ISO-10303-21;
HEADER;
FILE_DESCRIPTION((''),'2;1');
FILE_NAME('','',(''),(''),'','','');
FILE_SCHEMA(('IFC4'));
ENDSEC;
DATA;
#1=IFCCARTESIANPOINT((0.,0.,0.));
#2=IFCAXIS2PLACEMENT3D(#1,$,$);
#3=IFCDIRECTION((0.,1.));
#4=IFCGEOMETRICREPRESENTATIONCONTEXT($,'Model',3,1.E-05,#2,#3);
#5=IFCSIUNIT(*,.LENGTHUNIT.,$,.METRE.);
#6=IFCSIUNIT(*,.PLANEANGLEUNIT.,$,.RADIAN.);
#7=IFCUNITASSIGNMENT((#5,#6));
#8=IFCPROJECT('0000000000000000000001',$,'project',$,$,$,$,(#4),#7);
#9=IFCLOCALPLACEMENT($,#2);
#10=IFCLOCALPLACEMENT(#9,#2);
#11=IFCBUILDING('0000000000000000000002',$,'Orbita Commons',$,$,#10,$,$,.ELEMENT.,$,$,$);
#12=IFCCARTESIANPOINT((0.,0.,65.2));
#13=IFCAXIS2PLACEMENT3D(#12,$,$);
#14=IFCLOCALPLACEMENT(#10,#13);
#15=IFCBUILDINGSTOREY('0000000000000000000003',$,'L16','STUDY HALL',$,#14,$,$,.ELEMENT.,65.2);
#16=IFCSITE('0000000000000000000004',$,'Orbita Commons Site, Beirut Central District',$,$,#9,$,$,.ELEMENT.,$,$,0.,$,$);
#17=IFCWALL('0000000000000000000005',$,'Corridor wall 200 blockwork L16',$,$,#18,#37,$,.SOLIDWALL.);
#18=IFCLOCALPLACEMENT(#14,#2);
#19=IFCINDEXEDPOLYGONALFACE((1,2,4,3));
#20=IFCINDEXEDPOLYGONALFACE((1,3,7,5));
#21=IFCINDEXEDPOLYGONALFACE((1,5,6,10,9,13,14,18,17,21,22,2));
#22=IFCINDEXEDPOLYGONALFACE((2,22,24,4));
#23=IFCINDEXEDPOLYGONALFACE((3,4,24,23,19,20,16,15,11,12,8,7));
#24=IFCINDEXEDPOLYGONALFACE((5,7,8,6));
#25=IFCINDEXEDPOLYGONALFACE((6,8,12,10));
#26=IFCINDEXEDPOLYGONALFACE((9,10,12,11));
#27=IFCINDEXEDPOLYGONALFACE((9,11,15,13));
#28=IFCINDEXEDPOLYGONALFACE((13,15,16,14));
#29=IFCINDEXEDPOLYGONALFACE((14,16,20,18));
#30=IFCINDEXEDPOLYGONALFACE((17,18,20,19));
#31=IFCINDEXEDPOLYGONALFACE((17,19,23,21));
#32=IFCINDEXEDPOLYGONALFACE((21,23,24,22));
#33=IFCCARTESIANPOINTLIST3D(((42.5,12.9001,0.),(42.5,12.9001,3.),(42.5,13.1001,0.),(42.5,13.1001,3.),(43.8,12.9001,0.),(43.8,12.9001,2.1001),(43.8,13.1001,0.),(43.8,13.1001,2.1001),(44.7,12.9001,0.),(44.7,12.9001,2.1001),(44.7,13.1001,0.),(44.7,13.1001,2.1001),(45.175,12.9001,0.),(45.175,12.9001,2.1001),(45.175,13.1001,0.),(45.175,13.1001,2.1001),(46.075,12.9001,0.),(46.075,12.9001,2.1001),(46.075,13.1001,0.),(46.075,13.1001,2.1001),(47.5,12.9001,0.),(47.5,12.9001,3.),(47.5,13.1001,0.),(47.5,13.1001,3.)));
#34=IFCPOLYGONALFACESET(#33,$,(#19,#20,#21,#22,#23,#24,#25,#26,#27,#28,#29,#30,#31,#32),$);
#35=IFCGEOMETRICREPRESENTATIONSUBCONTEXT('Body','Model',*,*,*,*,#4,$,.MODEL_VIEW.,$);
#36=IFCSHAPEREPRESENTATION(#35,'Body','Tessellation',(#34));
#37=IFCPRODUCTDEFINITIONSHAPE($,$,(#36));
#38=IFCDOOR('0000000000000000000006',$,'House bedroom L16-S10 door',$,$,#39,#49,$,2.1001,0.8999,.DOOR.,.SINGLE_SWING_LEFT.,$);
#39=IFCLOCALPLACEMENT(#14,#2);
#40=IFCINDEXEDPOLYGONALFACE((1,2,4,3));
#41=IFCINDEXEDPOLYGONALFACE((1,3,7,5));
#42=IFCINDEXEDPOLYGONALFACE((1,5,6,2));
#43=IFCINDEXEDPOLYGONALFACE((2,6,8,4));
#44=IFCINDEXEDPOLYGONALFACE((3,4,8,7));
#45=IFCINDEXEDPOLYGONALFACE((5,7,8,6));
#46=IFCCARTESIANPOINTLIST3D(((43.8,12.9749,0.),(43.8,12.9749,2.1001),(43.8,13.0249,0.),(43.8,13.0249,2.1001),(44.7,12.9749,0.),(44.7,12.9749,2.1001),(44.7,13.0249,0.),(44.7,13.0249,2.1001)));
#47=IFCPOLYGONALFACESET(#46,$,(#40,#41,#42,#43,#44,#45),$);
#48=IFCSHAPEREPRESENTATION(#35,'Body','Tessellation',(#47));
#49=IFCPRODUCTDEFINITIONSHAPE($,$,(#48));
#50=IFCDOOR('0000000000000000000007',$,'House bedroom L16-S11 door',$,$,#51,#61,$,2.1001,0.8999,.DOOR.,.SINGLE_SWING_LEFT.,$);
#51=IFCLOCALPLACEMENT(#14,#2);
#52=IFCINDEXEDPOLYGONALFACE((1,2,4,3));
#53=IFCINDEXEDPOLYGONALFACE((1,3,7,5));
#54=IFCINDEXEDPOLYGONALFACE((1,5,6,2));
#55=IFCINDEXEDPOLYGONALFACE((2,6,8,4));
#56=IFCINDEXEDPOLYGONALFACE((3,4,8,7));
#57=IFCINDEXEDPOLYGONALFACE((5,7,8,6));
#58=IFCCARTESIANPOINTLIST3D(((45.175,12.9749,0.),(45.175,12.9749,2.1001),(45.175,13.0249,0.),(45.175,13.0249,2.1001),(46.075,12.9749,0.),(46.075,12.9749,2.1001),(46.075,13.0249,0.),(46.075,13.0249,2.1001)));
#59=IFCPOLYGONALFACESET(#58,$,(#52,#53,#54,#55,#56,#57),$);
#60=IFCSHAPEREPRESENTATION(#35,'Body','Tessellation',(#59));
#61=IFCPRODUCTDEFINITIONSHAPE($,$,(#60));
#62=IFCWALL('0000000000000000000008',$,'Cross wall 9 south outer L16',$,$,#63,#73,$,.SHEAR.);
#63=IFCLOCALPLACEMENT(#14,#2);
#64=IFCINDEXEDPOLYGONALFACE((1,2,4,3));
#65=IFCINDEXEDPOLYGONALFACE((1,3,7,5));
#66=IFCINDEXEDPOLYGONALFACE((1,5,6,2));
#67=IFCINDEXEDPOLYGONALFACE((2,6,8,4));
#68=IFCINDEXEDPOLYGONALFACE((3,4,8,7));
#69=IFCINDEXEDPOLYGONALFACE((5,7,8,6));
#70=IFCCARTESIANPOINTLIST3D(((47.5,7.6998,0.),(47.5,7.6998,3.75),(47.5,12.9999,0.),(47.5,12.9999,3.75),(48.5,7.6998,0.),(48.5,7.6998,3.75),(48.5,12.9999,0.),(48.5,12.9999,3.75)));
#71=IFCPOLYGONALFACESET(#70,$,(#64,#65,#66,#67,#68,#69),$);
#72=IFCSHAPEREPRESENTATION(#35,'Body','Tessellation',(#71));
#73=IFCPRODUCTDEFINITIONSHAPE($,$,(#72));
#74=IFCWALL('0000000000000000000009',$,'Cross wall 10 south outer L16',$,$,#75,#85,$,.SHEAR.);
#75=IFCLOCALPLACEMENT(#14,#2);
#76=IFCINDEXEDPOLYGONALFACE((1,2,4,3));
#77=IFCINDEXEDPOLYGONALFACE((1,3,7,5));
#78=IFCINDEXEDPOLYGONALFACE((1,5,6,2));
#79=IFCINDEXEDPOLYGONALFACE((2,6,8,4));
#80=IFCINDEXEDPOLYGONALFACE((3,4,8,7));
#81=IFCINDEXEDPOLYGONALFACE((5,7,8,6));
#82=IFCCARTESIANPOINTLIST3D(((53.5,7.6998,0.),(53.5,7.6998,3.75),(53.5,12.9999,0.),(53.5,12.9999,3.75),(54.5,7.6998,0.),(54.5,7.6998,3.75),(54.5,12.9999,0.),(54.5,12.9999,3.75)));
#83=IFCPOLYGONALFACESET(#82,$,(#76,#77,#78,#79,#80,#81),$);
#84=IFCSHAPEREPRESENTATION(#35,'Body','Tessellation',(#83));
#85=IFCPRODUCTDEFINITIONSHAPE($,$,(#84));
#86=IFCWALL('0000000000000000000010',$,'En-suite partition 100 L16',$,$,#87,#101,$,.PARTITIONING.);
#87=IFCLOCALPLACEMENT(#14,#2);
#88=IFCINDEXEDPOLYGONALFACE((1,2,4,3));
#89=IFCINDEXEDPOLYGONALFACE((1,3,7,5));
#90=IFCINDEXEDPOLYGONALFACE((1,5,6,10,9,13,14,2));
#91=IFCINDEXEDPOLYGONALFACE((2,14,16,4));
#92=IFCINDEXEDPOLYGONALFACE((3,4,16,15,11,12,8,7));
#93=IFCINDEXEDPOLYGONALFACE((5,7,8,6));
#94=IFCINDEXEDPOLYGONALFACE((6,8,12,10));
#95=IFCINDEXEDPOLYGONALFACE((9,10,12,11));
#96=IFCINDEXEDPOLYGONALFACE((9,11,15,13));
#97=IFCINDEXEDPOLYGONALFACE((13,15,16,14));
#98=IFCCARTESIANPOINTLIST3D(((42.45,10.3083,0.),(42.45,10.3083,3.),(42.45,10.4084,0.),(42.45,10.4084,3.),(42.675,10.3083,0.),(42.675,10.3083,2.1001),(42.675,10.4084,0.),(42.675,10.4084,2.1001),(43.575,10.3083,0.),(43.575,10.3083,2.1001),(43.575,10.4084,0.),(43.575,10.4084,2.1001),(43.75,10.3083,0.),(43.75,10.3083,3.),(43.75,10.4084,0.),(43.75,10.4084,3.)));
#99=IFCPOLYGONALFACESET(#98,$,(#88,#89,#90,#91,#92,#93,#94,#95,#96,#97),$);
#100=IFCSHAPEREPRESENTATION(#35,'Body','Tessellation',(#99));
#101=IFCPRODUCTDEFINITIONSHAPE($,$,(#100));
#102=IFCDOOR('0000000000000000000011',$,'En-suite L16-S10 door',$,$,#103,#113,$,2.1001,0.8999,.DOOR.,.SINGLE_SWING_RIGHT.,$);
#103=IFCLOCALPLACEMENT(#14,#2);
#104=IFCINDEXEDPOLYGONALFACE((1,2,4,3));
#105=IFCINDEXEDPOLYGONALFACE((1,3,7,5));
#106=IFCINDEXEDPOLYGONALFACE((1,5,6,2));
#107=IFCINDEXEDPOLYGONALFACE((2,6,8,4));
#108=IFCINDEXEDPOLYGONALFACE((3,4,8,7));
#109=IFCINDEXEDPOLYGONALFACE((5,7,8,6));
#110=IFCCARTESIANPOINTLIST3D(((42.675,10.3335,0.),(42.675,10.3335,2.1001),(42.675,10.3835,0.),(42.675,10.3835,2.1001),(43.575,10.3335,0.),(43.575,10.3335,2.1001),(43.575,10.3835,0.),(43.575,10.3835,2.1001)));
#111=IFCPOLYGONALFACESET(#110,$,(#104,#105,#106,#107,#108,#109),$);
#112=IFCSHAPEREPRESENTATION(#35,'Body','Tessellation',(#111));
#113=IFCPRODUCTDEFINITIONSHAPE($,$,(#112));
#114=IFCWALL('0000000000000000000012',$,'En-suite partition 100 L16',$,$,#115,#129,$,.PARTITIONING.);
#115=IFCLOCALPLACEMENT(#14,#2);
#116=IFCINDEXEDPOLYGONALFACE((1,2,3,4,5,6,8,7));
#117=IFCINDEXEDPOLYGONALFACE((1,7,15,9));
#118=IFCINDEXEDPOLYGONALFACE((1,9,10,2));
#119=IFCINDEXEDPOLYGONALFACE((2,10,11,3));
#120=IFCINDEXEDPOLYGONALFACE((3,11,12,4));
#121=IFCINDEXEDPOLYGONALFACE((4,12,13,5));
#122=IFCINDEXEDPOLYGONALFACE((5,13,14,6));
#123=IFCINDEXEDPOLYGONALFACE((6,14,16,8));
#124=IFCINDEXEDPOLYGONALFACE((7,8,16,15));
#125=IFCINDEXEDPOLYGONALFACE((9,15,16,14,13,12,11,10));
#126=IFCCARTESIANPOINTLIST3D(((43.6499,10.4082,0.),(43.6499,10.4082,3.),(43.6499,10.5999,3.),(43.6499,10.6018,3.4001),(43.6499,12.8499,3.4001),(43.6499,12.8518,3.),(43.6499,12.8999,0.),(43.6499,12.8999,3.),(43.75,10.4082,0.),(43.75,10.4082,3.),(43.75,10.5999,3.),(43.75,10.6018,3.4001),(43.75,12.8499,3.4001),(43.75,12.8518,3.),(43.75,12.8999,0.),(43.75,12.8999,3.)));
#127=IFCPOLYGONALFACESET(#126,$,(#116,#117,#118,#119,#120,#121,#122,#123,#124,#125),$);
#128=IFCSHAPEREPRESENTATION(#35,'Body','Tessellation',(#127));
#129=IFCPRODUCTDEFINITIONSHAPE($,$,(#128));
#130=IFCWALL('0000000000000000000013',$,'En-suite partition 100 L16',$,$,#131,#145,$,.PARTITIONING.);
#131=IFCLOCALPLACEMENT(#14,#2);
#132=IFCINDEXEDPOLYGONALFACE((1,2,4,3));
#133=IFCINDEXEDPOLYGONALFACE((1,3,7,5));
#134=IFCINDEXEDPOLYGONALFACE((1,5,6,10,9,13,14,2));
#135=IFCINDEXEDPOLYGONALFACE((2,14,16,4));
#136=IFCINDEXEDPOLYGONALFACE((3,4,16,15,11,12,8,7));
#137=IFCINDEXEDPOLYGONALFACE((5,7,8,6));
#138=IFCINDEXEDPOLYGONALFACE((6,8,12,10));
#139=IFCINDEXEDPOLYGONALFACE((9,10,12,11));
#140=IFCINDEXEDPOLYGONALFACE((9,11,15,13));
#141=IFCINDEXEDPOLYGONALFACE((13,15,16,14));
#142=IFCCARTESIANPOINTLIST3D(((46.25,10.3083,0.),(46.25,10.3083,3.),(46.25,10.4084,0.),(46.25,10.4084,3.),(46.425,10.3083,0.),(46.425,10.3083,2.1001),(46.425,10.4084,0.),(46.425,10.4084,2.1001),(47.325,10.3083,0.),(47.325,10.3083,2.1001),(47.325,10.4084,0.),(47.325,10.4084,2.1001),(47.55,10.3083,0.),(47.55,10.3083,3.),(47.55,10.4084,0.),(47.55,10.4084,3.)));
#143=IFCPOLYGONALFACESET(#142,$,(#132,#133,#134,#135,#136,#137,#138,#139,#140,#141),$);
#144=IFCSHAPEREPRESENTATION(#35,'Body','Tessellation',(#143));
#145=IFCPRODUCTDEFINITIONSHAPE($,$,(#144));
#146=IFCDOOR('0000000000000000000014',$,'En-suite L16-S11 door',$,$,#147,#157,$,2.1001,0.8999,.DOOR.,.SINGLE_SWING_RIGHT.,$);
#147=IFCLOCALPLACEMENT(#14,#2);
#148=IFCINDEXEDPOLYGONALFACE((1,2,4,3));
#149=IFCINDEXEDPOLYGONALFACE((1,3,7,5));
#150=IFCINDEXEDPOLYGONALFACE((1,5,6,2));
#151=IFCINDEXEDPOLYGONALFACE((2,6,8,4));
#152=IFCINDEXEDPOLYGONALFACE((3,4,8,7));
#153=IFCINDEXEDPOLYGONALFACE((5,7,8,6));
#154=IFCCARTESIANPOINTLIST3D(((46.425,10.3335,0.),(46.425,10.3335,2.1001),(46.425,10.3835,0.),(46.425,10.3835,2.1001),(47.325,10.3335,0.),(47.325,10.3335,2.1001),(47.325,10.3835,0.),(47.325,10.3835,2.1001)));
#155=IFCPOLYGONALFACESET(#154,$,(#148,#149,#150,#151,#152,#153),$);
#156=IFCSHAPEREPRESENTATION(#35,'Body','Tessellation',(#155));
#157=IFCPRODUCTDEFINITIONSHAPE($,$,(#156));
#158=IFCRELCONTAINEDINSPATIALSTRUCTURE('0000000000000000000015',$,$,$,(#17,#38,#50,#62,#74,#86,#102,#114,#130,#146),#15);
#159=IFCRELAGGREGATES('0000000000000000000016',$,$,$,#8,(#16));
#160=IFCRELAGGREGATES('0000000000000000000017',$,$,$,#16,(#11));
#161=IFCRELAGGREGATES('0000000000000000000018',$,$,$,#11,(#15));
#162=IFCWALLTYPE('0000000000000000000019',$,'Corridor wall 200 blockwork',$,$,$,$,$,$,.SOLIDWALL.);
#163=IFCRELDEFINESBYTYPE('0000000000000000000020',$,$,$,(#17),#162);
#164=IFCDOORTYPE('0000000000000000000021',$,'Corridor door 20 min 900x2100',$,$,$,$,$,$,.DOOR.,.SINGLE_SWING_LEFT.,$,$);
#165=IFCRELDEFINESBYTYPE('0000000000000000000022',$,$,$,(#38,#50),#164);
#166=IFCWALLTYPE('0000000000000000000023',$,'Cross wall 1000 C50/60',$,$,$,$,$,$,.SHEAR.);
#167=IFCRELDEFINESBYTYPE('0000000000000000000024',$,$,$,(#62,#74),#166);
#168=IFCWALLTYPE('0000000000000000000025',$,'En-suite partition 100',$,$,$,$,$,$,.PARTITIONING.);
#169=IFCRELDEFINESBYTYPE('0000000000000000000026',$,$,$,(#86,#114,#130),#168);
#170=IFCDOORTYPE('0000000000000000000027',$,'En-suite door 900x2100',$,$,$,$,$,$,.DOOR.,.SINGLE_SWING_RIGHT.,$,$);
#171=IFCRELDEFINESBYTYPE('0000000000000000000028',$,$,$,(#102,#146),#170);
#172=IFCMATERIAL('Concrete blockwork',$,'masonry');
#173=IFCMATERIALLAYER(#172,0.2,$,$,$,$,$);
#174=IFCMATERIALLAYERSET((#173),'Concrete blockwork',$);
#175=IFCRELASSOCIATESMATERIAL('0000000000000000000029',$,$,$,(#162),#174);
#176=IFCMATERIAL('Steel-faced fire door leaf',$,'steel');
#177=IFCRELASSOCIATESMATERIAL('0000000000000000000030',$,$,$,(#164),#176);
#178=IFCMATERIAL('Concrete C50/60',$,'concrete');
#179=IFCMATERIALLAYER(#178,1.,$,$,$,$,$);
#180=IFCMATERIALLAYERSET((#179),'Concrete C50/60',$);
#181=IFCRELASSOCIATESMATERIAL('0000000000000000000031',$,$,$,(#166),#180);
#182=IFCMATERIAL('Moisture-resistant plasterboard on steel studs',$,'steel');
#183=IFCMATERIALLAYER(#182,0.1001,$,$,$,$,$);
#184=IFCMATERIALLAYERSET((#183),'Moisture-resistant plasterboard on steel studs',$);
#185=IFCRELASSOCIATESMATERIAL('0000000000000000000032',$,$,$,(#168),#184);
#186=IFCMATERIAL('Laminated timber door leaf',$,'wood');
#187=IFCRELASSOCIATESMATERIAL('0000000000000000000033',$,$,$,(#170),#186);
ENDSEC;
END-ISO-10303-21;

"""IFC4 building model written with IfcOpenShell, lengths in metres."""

from ifc_helpers import new_model, si_unit, direction, frame, frame_2d, origin, place, context, subcontext, project, spatial, polyline, rectangle, outline, extrude, material, layer, layer_set, type_object, element, fill, save


model = new_model("IFC4")

# Units and contexts
model_context = context("Model", 3, precision=1e-05, world=origin(), true_north=direction((0.0, 1.0)))
body_context = subcontext(model_context, "Body", "Model", "MODEL_VIEW")
ifc_project = project(units=[si_unit("LENGTHUNIT", "METRE"), si_unit("PLANEANGLEUNIT", "RADIAN")], contexts=[model_context])

# Site, building, storey
site_placement = place(None, origin())
site = spatial("IfcSite", under=ifc_project, at=site_placement, Name="Orbita Commons Site, Beirut Central District", CompositionType="ELEMENT", RefElevation=0.0)
building_placement = place(site_placement, origin())
building = spatial("IfcBuilding", under=site, at=building_placement, Name="Orbita Commons", CompositionType="ELEMENT")
storey_placement = place(building_placement, frame((0.0, 0.0, 65.2)))
storey = spatial("IfcBuildingStorey", under=building, at=storey_placement, Name="L16", Description="STUDY HALL", CompositionType="ELEMENT", Elevation=65.2)

# Wall, openings, doors
ifc_material_1 = material(Name="Concrete blockwork", Category="masonry")
ifc_layer_1 = layer(ifc_material_1, 0.2)
ifc_layer_set_1 = layer_set([ifc_layer_1], Name="Concrete blockwork")
wall_type_1 = type_object("IfcWallType", Name="Corridor wall 200 blockwork", PredefinedType="SOLIDWALL", material=ifc_layer_set_1)
wall_1_placement = place(storey_placement, frame((42.5, 13.0, 0.0), z_axis=(0.0, 0.0, 1.0), x_axis=(1.0, 0.0, 0.0)))
wall_1 = element("IfcWall", 1, at=wall_1_placement, inside=storey, type_object=wall_type_1, Name="Corridor wall 200 blockwork L16", PredefinedType="SOLIDWALL", context=body_context, shape_type="SweptSolid", body=[
    extrude(outline(polyline([(0.0, 0.0), (5.0, 0.0), (5.0, 3.0), (0.0, 3.0), (0.0, 0.0)])), frame((0.0, 0.1001, 0.0), z_axis=(0.0, -1.0, 0.0), x_axis=(1.0, 0.0, 0.0)), (0.0, 0.0, 1.0), 0.2),
])
opening_1_placement = place(wall_1_placement, frame((1.3, 0.0, 0.0)))
opening_1 = element("IfcOpeningElement", 2, at=opening_1_placement, cuts=wall_1, PredefinedType="OPENING", context=body_context, shape_type="SweptSolid", body=[
    extrude(rectangle(XDim=0.8999, YDim=2.1001, at=frame_2d((0.45, 1.05))), frame((0.0, 0.1099, 0.0), z_axis=(0.0, -1.0, 0.0), x_axis=(1.0, 0.0, 0.0)), (0.0, 0.0, 1.0), 0.22),
])
opening_2_placement = place(wall_1_placement, frame((2.675, 0.0, 0.0)))
opening_2 = element("IfcOpeningElement", 3, at=opening_2_placement, cuts=wall_1, PredefinedType="OPENING", context=body_context, shape_type="SweptSolid", body=[
    extrude(rectangle(XDim=0.8999, YDim=2.1001, at=frame_2d((0.45, 1.05))), frame((0.0, 0.1099, 0.0), z_axis=(0.0, -1.0, 0.0), x_axis=(1.0, 0.0, 0.0)), (0.0, 0.0, 1.0), 0.22),
])
ifc_material_2 = material(Name="Steel-faced fire door leaf", Category="steel")
door_type_1 = type_object("IfcDoorType", Name="Corridor door 20 min 900x2100", OperationType="SINGLE_SWING_LEFT", PredefinedType="DOOR", material=ifc_material_2)
door_1_placement = place(opening_1_placement, origin())
door_1 = element("IfcDoor", 4, at=door_1_placement, inside=storey, type_object=door_type_1, Name="House bedroom L16-S10 door", OperationType="SINGLE_SWING_LEFT", OverallHeight=2.1001, OverallWidth=0.8999, PredefinedType="DOOR", context=body_context, shape_type="SweptSolid", body=[
    extrude(rectangle(XDim=0.8999, YDim=2.1001, at=frame_2d((0.45, 1.05))), frame((0.0, 0.0249, 0.0), z_axis=(0.0, -1.0, 0.0), x_axis=(1.0, 0.0, 0.0)), (0.0, 0.0, 1.0), 0.05),
])
fill(opening_1, door_1)
door_2_placement = place(opening_2_placement, origin())
door_2 = element("IfcDoor", 5, at=door_2_placement, inside=storey, type_object=door_type_1, Name="House bedroom L16-S11 door", OperationType="SINGLE_SWING_LEFT", OverallHeight=2.1001, OverallWidth=0.8999, PredefinedType="DOOR", context=body_context, shape_type="SweptSolid", body=[
    extrude(rectangle(XDim=0.8999, YDim=2.1001, at=frame_2d((0.45, 1.05))), frame((0.0, 0.0249, 0.0), z_axis=(0.0, -1.0, 0.0), x_axis=(1.0, 0.0, 0.0)), (0.0, 0.0, 1.0), 0.05),
])
fill(opening_2, door_2)

# Walls
ifc_material_3 = material(Name="Concrete C50/60", Category="concrete")
ifc_layer_2 = layer(ifc_material_3, 1.0)
ifc_layer_set_2 = layer_set([ifc_layer_2], Name="Concrete C50/60")
wall_type_2 = type_object("IfcWallType", Name="Cross wall 1000 C50/60", PredefinedType="SHEAR", material=ifc_layer_set_2)
for number, where, z_axis, x_axis, name in (
    (6, (48.0, 7.7, 0.0), (0.0, 0.0, 1.0), (0.0, 1.0, 0.0), "Cross wall 9 south outer L16"),
    (7, (54.0, 7.7, 0.0), (0.0, 0.0, 1.0), (0.0, 1.0, 0.0), "Cross wall 10 south outer L16"),
):
    element("IfcWall", number, at=place(storey_placement, frame(where, z_axis=z_axis, x_axis=x_axis)), inside=storey, type_object=wall_type_2, Name=name, PredefinedType="SHEAR", context=body_context, shape_type="SweptSolid", body=[
        extrude(rectangle(XDim=5.3, YDim=1.0, at=frame_2d((2.6499, 0.0))), origin(), (0.0, 0.0, 1.0), 3.75),
    ])

# Wall, opening, door
ifc_material_4 = material(Name="Moisture-resistant plasterboard on steel studs", Category="steel")
ifc_layer_3 = layer(ifc_material_4, 0.1001)
ifc_layer_set_3 = layer_set([ifc_layer_3], Name="Moisture-resistant plasterboard on steel studs")
wall_type_3 = type_object("IfcWallType", Name="En-suite partition 100", PredefinedType="PARTITIONING", material=ifc_layer_set_3)
wall_2_placement = place(storey_placement, frame((43.75, 10.3584, 0.0), z_axis=(0.0, 0.0, 1.0), x_axis=(-1.0, 0.0, 0.0)))
wall_2 = element("IfcWall", 8, at=wall_2_placement, inside=storey, type_object=wall_type_3, Name="En-suite partition 100 L16", PredefinedType="PARTITIONING", context=body_context, shape_type="SweptSolid", body=[
    extrude(outline(polyline([(0.0, 0.0), (1.3, 0.0), (1.3, 3.0), (0.0, 3.0), (0.0, 0.0)])), frame((0.0, 0.05, 0.0), z_axis=(0.0, -1.0, 0.0), x_axis=(1.0, 0.0, 0.0)), (0.0, 0.0, 1.0), 0.1001),
])
opening_3_placement = place(wall_2_placement, frame((0.175, 0.0, 0.0)))
opening_3 = element("IfcOpeningElement", 9, at=opening_3_placement, cuts=wall_2, PredefinedType="OPENING", context=body_context, shape_type="SweptSolid", body=[
    extrude(rectangle(XDim=0.8999, YDim=2.1001, at=frame_2d((0.45, 1.05))), frame((0.0, 0.0601, 0.0), z_axis=(0.0, -1.0, 0.0), x_axis=(1.0, 0.0, 0.0)), (0.0, 0.0, 1.0), 0.1201),
])
ifc_material_5 = material(Name="Laminated timber door leaf", Category="wood")
door_type_2 = type_object("IfcDoorType", Name="En-suite door 900x2100", OperationType="SINGLE_SWING_RIGHT", PredefinedType="DOOR", material=ifc_material_5)
door_3_placement = place(opening_3_placement, origin())
door_3 = element("IfcDoor", 10, at=door_3_placement, inside=storey, type_object=door_type_2, Name="En-suite L16-S10 door", OperationType="SINGLE_SWING_RIGHT", OverallHeight=2.1001, OverallWidth=0.8999, PredefinedType="DOOR", context=body_context, shape_type="SweptSolid", body=[
    extrude(rectangle(XDim=0.8999, YDim=2.1001, at=frame_2d((0.45, 1.05))), frame((0.0, 0.0249, 0.0), z_axis=(0.0, -1.0, 0.0), x_axis=(1.0, 0.0, 0.0)), (0.0, 0.0, 1.0), 0.05),
])
fill(opening_3, door_3)

# Wall
wall_3_placement = place(storey_placement, frame((43.7, 10.4082, 0.0), z_axis=(0.0, 0.0, 1.0), x_axis=(0.0, 1.0, 0.0)))
element("IfcWall", 11, at=wall_3_placement, inside=storey, type_object=wall_type_3, Name="En-suite partition 100 L16", PredefinedType="PARTITIONING", context=body_context, shape_type="SweptSolid", body=[
    extrude(outline(polyline([(0.0, 0.0), (2.4917, 0.0), (2.4917, 3.0), (2.4436, 3.0), (2.4417, 3.4001), (0.1936, 3.4001), (0.1917, 3.0), (0.0, 3.0), (0.0, 0.0)])), frame((0.0, 0.05, 0.0), z_axis=(0.0, -1.0, 0.0), x_axis=(1.0, 0.0, 0.0)), (0.0, 0.0, 1.0), 0.1001),
])

# Wall, opening, door
wall_4_placement = place(storey_placement, frame((47.55, 10.3584, 0.0), z_axis=(0.0, 0.0, 1.0), x_axis=(-1.0, 0.0, 0.0)))
wall_4 = element("IfcWall", 12, at=wall_4_placement, inside=storey, type_object=wall_type_3, Name="En-suite partition 100 L16", PredefinedType="PARTITIONING", context=body_context, shape_type="SweptSolid", body=[
    extrude(outline(polyline([(0.0, 0.0), (1.3, 0.0), (1.3, 3.0), (0.0, 3.0), (0.0, 0.0)])), frame((0.0, 0.05, 0.0), z_axis=(0.0, -1.0, 0.0), x_axis=(1.0, 0.0, 0.0)), (0.0, 0.0, 1.0), 0.1001),
])
opening_4_placement = place(wall_4_placement, frame((0.2251, 0.0, 0.0)))
opening_4 = element("IfcOpeningElement", 13, at=opening_4_placement, cuts=wall_4, PredefinedType="OPENING", context=body_context, shape_type="SweptSolid", body=[
    extrude(rectangle(XDim=0.8999, YDim=2.1001, at=frame_2d((0.45, 1.05))), frame((0.0, 0.0601, 0.0), z_axis=(0.0, -1.0, 0.0), x_axis=(1.0, 0.0, 0.0)), (0.0, 0.0, 1.0), 0.1201),
])
door_4_placement = place(opening_4_placement, origin())
door_4 = element("IfcDoor", 14, at=door_4_placement, inside=storey, type_object=door_type_2, Name="En-suite L16-S11 door", OperationType="SINGLE_SWING_RIGHT", OverallHeight=2.1001, OverallWidth=0.8999, PredefinedType="DOOR", context=body_context, shape_type="SweptSolid", body=[
    extrude(rectangle(XDim=0.8999, YDim=2.1001, at=frame_2d((0.45, 1.05))), frame((0.0, 0.0249, 0.0), z_axis=(0.0, -1.0, 0.0), x_axis=(1.0, 0.0, 0.0)), (0.0, 0.0, 1.0), 0.05),
])
fill(opening_4, door_4)

save(model, "model.ifc")
